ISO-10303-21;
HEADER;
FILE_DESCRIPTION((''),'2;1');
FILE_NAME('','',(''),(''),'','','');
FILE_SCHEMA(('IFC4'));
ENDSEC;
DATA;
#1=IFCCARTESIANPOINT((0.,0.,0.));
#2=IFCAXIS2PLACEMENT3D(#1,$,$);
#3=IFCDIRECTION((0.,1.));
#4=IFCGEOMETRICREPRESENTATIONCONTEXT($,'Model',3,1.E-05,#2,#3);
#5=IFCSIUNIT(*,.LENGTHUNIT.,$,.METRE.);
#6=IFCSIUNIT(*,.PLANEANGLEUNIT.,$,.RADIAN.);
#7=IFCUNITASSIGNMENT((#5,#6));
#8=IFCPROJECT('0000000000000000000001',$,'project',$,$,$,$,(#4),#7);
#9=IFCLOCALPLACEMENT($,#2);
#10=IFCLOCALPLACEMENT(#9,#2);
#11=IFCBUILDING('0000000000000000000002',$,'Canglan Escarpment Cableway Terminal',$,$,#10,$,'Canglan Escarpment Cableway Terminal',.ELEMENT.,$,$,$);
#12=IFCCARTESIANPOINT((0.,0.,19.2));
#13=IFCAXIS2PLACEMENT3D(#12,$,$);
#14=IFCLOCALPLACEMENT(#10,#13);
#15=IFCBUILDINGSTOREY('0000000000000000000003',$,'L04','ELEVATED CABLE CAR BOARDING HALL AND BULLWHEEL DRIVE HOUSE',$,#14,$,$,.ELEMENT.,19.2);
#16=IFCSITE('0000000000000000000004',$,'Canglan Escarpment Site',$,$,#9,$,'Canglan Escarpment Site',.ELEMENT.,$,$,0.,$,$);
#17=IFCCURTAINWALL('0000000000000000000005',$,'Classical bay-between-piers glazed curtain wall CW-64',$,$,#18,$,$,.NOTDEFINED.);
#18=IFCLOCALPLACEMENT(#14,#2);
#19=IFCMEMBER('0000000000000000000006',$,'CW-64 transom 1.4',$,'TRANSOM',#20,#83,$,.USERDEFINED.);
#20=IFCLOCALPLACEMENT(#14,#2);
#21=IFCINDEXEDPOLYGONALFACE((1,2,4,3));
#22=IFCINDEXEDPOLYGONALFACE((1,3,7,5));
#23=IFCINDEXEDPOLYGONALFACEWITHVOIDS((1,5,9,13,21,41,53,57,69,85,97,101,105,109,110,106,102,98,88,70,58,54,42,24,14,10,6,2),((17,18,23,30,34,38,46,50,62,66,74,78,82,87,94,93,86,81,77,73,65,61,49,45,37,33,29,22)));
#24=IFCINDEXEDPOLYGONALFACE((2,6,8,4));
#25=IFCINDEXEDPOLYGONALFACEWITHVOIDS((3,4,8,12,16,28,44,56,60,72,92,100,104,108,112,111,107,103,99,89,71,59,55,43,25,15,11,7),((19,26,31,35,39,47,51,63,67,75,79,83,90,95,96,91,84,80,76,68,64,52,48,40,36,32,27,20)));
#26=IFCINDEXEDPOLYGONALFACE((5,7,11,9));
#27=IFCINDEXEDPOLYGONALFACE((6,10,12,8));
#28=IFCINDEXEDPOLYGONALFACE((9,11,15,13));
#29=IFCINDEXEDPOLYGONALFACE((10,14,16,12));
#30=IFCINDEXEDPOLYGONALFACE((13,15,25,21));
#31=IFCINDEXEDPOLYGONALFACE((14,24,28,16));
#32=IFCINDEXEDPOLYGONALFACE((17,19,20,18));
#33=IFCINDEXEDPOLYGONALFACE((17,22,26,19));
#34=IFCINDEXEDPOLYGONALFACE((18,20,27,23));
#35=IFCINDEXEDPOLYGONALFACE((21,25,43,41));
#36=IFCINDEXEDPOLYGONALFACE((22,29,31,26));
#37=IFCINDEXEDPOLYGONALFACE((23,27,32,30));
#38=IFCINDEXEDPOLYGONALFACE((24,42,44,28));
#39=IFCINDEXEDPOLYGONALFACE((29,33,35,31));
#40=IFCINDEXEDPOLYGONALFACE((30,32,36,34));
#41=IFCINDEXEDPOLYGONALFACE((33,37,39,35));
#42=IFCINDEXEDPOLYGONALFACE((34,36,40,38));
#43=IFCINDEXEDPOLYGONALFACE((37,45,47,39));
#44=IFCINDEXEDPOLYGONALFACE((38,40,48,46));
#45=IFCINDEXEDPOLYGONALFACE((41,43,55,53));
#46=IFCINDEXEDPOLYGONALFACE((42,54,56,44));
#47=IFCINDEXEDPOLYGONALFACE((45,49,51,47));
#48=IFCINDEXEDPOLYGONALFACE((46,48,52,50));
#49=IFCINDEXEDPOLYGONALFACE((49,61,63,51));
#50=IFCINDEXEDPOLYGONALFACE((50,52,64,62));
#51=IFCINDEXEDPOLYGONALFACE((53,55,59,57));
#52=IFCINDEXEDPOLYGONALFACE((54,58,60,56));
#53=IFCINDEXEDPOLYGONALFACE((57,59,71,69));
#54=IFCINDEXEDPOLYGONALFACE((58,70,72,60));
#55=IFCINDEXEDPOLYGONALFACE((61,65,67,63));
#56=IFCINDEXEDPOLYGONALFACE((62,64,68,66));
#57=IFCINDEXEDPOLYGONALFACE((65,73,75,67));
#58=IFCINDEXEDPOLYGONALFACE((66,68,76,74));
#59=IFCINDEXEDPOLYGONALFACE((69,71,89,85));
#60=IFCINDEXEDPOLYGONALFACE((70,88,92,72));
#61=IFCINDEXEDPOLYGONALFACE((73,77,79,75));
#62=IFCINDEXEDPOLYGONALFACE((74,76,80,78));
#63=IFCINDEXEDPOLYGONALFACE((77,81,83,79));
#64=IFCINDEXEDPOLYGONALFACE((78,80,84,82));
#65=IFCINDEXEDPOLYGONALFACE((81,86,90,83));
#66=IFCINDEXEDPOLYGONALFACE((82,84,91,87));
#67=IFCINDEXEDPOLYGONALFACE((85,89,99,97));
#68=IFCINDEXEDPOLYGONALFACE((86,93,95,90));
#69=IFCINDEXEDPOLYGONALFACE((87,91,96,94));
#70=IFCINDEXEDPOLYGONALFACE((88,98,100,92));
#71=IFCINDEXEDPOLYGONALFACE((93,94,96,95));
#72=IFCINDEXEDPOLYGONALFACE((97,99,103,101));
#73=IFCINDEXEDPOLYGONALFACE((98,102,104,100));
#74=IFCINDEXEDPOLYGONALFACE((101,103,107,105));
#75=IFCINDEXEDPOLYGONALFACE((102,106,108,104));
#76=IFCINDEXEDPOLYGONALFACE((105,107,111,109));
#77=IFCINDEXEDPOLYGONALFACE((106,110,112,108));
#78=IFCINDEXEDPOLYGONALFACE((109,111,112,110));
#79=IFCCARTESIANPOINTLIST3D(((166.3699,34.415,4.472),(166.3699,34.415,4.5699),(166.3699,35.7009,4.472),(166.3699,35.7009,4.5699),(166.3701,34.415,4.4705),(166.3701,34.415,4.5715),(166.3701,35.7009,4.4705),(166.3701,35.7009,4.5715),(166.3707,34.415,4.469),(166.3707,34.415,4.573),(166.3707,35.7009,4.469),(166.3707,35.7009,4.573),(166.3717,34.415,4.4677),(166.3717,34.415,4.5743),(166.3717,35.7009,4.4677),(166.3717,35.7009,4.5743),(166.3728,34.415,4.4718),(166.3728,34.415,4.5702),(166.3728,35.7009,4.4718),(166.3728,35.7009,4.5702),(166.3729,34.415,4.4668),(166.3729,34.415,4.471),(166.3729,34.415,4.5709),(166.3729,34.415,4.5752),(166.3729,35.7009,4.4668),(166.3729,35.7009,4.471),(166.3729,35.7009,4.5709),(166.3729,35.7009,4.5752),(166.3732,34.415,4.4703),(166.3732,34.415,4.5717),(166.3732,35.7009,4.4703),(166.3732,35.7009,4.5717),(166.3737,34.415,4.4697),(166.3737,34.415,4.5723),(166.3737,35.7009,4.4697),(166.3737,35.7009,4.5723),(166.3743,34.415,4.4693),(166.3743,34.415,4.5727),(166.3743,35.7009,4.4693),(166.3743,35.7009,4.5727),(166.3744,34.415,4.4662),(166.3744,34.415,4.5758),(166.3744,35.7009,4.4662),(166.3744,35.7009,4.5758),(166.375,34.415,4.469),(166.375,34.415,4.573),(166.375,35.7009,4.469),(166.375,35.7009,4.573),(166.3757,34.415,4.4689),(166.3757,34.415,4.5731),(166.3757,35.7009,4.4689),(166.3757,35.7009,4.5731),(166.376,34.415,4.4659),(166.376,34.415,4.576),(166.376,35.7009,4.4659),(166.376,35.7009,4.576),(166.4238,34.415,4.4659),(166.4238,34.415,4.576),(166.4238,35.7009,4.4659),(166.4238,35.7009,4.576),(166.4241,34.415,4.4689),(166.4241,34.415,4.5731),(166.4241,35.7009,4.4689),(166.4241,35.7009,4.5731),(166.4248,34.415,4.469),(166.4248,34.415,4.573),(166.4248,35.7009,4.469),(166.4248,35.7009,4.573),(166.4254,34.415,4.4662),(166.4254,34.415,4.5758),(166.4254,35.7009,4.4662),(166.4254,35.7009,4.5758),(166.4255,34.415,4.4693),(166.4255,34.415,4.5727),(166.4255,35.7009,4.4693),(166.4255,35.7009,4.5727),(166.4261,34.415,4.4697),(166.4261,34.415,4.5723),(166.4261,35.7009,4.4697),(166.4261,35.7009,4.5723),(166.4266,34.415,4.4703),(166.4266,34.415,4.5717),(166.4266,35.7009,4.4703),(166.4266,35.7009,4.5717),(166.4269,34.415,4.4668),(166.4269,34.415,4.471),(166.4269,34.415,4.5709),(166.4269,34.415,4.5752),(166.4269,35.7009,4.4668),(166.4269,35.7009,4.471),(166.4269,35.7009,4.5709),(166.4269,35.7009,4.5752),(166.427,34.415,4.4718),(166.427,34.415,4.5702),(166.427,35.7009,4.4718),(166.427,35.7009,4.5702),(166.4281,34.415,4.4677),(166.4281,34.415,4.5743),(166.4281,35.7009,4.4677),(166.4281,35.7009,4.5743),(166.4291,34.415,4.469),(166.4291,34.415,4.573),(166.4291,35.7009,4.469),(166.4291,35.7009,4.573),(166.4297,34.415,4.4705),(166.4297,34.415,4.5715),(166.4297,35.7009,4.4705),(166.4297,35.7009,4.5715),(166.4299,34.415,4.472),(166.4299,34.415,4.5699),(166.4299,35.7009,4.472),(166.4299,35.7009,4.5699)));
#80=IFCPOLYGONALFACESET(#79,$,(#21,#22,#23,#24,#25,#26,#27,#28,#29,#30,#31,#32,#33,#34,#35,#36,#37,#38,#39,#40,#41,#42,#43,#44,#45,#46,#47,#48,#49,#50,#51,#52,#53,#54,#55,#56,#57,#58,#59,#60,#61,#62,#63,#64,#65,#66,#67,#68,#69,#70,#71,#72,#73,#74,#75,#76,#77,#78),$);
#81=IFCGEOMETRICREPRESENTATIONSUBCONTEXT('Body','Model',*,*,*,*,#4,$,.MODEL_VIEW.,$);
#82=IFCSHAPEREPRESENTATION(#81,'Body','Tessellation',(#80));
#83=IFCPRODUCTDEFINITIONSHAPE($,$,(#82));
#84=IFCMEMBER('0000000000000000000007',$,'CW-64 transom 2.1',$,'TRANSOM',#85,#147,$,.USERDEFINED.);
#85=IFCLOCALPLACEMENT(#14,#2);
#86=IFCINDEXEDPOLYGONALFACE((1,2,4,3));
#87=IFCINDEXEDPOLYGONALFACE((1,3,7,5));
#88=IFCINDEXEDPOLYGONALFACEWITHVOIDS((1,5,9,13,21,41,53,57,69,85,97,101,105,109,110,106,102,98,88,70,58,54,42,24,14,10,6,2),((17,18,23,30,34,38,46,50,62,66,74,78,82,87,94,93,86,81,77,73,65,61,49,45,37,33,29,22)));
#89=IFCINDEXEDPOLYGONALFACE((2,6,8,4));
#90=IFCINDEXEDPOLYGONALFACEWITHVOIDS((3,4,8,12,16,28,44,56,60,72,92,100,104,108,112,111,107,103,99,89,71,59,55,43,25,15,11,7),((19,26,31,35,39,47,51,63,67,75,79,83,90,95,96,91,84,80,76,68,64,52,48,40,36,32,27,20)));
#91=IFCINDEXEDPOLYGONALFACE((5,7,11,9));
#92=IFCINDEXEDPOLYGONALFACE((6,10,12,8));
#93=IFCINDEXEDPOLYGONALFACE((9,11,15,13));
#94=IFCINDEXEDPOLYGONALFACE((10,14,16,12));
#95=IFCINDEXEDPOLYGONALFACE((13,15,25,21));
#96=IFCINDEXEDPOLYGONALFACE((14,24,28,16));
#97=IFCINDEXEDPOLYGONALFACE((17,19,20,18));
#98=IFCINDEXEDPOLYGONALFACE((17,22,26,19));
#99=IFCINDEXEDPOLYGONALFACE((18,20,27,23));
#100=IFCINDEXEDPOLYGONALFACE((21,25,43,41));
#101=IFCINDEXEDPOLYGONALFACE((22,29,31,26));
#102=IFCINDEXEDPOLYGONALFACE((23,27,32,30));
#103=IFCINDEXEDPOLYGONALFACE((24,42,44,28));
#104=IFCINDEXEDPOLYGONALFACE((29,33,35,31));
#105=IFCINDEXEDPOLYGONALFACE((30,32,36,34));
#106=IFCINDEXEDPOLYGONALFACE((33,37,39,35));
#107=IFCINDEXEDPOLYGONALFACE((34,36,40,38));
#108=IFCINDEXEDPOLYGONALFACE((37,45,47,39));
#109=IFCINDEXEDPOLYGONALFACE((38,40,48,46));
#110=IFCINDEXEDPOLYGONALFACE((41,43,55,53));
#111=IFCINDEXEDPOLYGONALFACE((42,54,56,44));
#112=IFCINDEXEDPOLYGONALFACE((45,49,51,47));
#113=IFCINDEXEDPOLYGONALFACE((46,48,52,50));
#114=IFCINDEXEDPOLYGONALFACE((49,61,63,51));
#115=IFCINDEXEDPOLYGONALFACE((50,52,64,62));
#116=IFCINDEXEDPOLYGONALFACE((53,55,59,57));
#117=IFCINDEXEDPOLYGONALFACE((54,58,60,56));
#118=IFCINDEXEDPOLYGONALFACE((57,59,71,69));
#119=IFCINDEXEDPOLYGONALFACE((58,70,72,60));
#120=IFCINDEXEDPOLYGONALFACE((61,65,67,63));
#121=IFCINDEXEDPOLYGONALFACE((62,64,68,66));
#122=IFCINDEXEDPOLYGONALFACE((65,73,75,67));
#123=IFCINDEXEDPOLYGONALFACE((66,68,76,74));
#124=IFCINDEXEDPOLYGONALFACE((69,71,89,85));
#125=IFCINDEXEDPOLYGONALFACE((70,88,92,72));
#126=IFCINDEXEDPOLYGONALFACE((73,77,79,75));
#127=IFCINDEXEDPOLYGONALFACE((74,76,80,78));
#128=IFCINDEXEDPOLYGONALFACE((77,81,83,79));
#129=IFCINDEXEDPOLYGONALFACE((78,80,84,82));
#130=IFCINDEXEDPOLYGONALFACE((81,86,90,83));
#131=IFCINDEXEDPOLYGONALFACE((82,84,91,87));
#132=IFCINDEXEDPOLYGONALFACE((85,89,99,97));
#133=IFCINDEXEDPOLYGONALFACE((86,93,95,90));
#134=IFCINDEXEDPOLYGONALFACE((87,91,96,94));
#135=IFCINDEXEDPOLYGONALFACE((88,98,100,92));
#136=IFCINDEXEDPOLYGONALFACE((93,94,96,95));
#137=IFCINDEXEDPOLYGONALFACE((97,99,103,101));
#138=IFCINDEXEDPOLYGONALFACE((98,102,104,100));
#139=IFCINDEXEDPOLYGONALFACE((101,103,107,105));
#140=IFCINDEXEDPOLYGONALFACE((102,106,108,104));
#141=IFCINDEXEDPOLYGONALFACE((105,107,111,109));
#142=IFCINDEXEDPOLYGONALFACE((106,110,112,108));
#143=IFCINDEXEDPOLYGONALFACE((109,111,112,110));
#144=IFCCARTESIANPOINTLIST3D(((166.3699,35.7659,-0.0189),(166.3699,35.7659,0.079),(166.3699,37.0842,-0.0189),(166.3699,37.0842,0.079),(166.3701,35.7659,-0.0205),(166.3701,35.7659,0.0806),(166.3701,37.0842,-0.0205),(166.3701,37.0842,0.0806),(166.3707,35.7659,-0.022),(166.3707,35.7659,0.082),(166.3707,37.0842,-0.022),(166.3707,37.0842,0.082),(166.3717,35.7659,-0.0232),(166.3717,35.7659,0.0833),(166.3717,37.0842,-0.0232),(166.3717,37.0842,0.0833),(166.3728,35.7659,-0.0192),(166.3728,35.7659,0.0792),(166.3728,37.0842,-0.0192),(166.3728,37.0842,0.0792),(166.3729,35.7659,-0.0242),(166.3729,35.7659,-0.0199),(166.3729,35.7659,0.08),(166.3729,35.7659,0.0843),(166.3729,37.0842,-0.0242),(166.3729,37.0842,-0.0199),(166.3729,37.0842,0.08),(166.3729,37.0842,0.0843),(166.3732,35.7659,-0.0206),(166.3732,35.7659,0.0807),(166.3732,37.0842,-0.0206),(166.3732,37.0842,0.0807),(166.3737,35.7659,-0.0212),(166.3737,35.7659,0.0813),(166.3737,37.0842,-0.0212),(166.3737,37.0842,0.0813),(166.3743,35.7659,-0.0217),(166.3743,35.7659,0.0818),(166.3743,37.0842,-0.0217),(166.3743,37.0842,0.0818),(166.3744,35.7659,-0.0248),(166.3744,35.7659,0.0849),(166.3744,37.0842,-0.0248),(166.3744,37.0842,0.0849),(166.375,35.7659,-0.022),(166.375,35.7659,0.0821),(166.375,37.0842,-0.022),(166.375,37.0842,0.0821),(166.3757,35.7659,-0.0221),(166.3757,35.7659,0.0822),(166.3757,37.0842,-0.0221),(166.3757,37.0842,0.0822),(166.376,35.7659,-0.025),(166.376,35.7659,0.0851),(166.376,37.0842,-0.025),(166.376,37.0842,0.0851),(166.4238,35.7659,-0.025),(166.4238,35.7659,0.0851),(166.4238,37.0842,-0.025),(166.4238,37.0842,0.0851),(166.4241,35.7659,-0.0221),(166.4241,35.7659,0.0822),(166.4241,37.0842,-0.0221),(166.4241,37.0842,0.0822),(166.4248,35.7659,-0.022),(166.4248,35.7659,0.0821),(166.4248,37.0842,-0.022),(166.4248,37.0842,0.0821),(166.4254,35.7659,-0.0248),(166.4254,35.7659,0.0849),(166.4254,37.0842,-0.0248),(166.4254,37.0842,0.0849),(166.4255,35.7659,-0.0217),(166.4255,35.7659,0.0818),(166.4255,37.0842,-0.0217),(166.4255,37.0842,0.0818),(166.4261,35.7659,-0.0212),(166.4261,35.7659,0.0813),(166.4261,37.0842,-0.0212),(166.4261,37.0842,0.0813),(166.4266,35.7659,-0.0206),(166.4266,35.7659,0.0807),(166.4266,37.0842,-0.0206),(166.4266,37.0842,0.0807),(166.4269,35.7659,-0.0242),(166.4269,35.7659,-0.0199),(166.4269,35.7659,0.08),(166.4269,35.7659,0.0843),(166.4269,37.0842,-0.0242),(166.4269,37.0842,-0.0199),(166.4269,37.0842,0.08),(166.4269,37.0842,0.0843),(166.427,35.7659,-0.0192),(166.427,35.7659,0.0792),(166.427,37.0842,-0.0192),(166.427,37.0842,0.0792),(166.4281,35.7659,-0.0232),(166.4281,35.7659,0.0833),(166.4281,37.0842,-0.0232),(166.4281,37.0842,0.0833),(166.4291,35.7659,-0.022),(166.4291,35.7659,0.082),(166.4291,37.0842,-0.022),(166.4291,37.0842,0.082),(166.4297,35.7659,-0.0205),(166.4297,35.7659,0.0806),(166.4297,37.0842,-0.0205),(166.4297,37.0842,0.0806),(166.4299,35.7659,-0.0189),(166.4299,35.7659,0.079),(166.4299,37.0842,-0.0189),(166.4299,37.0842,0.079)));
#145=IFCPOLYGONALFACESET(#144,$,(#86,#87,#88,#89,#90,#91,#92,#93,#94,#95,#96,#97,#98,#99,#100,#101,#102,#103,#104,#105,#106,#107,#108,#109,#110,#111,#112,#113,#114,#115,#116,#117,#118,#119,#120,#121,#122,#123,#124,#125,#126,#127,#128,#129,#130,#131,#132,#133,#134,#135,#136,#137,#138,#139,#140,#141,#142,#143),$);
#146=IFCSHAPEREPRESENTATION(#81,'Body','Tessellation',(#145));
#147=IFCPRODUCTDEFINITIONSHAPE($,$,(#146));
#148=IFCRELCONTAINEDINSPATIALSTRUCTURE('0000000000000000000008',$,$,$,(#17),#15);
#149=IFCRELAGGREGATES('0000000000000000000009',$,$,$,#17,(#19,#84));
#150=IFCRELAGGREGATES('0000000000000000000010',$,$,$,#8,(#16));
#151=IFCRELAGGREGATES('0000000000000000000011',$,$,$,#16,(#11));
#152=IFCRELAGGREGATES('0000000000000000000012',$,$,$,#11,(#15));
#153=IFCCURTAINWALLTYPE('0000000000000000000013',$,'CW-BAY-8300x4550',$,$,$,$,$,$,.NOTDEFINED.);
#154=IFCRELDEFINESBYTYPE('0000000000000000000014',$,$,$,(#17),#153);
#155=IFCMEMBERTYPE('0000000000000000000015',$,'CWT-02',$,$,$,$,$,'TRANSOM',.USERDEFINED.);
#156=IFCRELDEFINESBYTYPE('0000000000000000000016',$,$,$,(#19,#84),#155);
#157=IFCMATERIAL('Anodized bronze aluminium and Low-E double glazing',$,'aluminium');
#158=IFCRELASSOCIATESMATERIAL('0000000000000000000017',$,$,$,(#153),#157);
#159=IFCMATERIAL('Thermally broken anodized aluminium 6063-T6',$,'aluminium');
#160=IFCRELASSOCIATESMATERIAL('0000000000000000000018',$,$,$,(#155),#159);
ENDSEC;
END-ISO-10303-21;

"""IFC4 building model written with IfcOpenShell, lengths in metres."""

from ifc_helpers import new_model, si_unit, direction, frame, origin, origin_2d, place, context, subcontext, project, spatial, hollow_rectangle, extrude, material, material_profile, profile_set, type_object, element, aggregate, save


model = new_model("IFC4")

# Units and contexts
model_context = context("Model", 3, precision=1e-05, world=origin(), true_north=direction((0.0, 1.0)))
body_context = subcontext(model_context, "Body", "Model", "MODEL_VIEW")
ifc_project = project(units=[si_unit("LENGTHUNIT", "METRE"), si_unit("PLANEANGLEUNIT", "RADIAN")], contexts=[model_context])

# Site, building, storey
site_placement = place(None, origin())
site = spatial("IfcSite", under=ifc_project, at=site_placement, Name="Canglan Escarpment Site", LongName="Canglan Escarpment Site", CompositionType="ELEMENT", RefElevation=0.0)
building_placement = place(site_placement, origin())
building = spatial("IfcBuilding", under=site, at=building_placement, Name="Canglan Escarpment Cableway Terminal", LongName="Canglan Escarpment Cableway Terminal", CompositionType="ELEMENT")
storey_placement = place(building_placement, frame((0.0, 0.0, 19.2)))
storey = spatial("IfcBuildingStorey", under=building, at=storey_placement, Name="L04", Description="ELEVATED CABLE CAR BOARDING HALL AND BULLWHEEL DRIVE HOUSE", CompositionType="ELEMENT", Elevation=19.2)

# Curtain wall
ifc_material_1 = material(Name="Anodized bronze aluminium and Low-E double glazing", Category="aluminium")
curtain_wall_type_1 = type_object("IfcCurtainWallType", Name="CW-BAY-8300x4550", PredefinedType="NOTDEFINED", material=ifc_material_1)
curtain_wall_1_placement = place(storey_placement, origin())
curtain_wall_1 = element("IfcCurtainWall", 1, at=curtain_wall_1_placement, inside=storey, type_object=curtain_wall_type_1, Name="Classical bay-between-piers glazed curtain wall CW-64", PredefinedType="NOTDEFINED")
ifc_material_2 = material(Name="Thermally broken anodized aluminium 6063-T6", Category="aluminium")

# Members
ifc_material_profile_1 = material_profile(ifc_material_2, hollow_rectangle(XDim=0.0601, YDim=0.1101, WallThickness=0.0029, InnerFilletRadius=0.0029, OuterFilletRadius=0.0061, at=origin_2d()), Name="ALU-TRAN 60x110x3")
ifc_profile_set_1 = profile_set([ifc_material_profile_1], Name="Thermally broken anodized aluminium 6063-T6")
member_type_1 = type_object("IfcMemberType", Name="CWT-02", ElementType="TRANSOM", PredefinedType="USERDEFINED", material=ifc_profile_set_1)
member_1_placement = place(storey_placement, frame((166.3999, 34.415, 4.521), z_axis=(0.0, 1.0, 0.0), x_axis=(-1.0, 0.0, 0.0)))
member_1 = element("IfcMember", 2, at=member_1_placement, type_object=member_type_1, Name="CW-64 transom 1.4", ObjectType="TRANSOM", PredefinedType="USERDEFINED", context=body_context, shape_type="SweptSolid", body=[
    extrude(hollow_rectangle(XDim=0.0601, YDim=0.1101, WallThickness=0.0029, InnerFilletRadius=0.0029, OuterFilletRadius=0.0061, at=origin_2d()), origin(), (0.0, 0.0, 1.0), 1.2859),
])
member_2_placement = place(storey_placement, frame((166.3999, 35.7659, 0.03), z_axis=(0.0, 1.0, 0.0), x_axis=(-1.0, 0.0, 0.0)))
member_2 = element("IfcMember", 3, at=member_2_placement, type_object=member_type_1, Name="CW-64 transom 2.1", ObjectType="TRANSOM", PredefinedType="USERDEFINED", context=body_context, shape_type="SweptSolid", body=[
    extrude(hollow_rectangle(XDim=0.0601, YDim=0.1101, WallThickness=0.0029, InnerFilletRadius=0.0029, OuterFilletRadius=0.0061, at=origin_2d()), origin(), (0.0, 0.0, 1.0), 1.3184),
])

aggregate(curtain_wall_1, [member_1, member_2])

save(model, "model.ifc")
